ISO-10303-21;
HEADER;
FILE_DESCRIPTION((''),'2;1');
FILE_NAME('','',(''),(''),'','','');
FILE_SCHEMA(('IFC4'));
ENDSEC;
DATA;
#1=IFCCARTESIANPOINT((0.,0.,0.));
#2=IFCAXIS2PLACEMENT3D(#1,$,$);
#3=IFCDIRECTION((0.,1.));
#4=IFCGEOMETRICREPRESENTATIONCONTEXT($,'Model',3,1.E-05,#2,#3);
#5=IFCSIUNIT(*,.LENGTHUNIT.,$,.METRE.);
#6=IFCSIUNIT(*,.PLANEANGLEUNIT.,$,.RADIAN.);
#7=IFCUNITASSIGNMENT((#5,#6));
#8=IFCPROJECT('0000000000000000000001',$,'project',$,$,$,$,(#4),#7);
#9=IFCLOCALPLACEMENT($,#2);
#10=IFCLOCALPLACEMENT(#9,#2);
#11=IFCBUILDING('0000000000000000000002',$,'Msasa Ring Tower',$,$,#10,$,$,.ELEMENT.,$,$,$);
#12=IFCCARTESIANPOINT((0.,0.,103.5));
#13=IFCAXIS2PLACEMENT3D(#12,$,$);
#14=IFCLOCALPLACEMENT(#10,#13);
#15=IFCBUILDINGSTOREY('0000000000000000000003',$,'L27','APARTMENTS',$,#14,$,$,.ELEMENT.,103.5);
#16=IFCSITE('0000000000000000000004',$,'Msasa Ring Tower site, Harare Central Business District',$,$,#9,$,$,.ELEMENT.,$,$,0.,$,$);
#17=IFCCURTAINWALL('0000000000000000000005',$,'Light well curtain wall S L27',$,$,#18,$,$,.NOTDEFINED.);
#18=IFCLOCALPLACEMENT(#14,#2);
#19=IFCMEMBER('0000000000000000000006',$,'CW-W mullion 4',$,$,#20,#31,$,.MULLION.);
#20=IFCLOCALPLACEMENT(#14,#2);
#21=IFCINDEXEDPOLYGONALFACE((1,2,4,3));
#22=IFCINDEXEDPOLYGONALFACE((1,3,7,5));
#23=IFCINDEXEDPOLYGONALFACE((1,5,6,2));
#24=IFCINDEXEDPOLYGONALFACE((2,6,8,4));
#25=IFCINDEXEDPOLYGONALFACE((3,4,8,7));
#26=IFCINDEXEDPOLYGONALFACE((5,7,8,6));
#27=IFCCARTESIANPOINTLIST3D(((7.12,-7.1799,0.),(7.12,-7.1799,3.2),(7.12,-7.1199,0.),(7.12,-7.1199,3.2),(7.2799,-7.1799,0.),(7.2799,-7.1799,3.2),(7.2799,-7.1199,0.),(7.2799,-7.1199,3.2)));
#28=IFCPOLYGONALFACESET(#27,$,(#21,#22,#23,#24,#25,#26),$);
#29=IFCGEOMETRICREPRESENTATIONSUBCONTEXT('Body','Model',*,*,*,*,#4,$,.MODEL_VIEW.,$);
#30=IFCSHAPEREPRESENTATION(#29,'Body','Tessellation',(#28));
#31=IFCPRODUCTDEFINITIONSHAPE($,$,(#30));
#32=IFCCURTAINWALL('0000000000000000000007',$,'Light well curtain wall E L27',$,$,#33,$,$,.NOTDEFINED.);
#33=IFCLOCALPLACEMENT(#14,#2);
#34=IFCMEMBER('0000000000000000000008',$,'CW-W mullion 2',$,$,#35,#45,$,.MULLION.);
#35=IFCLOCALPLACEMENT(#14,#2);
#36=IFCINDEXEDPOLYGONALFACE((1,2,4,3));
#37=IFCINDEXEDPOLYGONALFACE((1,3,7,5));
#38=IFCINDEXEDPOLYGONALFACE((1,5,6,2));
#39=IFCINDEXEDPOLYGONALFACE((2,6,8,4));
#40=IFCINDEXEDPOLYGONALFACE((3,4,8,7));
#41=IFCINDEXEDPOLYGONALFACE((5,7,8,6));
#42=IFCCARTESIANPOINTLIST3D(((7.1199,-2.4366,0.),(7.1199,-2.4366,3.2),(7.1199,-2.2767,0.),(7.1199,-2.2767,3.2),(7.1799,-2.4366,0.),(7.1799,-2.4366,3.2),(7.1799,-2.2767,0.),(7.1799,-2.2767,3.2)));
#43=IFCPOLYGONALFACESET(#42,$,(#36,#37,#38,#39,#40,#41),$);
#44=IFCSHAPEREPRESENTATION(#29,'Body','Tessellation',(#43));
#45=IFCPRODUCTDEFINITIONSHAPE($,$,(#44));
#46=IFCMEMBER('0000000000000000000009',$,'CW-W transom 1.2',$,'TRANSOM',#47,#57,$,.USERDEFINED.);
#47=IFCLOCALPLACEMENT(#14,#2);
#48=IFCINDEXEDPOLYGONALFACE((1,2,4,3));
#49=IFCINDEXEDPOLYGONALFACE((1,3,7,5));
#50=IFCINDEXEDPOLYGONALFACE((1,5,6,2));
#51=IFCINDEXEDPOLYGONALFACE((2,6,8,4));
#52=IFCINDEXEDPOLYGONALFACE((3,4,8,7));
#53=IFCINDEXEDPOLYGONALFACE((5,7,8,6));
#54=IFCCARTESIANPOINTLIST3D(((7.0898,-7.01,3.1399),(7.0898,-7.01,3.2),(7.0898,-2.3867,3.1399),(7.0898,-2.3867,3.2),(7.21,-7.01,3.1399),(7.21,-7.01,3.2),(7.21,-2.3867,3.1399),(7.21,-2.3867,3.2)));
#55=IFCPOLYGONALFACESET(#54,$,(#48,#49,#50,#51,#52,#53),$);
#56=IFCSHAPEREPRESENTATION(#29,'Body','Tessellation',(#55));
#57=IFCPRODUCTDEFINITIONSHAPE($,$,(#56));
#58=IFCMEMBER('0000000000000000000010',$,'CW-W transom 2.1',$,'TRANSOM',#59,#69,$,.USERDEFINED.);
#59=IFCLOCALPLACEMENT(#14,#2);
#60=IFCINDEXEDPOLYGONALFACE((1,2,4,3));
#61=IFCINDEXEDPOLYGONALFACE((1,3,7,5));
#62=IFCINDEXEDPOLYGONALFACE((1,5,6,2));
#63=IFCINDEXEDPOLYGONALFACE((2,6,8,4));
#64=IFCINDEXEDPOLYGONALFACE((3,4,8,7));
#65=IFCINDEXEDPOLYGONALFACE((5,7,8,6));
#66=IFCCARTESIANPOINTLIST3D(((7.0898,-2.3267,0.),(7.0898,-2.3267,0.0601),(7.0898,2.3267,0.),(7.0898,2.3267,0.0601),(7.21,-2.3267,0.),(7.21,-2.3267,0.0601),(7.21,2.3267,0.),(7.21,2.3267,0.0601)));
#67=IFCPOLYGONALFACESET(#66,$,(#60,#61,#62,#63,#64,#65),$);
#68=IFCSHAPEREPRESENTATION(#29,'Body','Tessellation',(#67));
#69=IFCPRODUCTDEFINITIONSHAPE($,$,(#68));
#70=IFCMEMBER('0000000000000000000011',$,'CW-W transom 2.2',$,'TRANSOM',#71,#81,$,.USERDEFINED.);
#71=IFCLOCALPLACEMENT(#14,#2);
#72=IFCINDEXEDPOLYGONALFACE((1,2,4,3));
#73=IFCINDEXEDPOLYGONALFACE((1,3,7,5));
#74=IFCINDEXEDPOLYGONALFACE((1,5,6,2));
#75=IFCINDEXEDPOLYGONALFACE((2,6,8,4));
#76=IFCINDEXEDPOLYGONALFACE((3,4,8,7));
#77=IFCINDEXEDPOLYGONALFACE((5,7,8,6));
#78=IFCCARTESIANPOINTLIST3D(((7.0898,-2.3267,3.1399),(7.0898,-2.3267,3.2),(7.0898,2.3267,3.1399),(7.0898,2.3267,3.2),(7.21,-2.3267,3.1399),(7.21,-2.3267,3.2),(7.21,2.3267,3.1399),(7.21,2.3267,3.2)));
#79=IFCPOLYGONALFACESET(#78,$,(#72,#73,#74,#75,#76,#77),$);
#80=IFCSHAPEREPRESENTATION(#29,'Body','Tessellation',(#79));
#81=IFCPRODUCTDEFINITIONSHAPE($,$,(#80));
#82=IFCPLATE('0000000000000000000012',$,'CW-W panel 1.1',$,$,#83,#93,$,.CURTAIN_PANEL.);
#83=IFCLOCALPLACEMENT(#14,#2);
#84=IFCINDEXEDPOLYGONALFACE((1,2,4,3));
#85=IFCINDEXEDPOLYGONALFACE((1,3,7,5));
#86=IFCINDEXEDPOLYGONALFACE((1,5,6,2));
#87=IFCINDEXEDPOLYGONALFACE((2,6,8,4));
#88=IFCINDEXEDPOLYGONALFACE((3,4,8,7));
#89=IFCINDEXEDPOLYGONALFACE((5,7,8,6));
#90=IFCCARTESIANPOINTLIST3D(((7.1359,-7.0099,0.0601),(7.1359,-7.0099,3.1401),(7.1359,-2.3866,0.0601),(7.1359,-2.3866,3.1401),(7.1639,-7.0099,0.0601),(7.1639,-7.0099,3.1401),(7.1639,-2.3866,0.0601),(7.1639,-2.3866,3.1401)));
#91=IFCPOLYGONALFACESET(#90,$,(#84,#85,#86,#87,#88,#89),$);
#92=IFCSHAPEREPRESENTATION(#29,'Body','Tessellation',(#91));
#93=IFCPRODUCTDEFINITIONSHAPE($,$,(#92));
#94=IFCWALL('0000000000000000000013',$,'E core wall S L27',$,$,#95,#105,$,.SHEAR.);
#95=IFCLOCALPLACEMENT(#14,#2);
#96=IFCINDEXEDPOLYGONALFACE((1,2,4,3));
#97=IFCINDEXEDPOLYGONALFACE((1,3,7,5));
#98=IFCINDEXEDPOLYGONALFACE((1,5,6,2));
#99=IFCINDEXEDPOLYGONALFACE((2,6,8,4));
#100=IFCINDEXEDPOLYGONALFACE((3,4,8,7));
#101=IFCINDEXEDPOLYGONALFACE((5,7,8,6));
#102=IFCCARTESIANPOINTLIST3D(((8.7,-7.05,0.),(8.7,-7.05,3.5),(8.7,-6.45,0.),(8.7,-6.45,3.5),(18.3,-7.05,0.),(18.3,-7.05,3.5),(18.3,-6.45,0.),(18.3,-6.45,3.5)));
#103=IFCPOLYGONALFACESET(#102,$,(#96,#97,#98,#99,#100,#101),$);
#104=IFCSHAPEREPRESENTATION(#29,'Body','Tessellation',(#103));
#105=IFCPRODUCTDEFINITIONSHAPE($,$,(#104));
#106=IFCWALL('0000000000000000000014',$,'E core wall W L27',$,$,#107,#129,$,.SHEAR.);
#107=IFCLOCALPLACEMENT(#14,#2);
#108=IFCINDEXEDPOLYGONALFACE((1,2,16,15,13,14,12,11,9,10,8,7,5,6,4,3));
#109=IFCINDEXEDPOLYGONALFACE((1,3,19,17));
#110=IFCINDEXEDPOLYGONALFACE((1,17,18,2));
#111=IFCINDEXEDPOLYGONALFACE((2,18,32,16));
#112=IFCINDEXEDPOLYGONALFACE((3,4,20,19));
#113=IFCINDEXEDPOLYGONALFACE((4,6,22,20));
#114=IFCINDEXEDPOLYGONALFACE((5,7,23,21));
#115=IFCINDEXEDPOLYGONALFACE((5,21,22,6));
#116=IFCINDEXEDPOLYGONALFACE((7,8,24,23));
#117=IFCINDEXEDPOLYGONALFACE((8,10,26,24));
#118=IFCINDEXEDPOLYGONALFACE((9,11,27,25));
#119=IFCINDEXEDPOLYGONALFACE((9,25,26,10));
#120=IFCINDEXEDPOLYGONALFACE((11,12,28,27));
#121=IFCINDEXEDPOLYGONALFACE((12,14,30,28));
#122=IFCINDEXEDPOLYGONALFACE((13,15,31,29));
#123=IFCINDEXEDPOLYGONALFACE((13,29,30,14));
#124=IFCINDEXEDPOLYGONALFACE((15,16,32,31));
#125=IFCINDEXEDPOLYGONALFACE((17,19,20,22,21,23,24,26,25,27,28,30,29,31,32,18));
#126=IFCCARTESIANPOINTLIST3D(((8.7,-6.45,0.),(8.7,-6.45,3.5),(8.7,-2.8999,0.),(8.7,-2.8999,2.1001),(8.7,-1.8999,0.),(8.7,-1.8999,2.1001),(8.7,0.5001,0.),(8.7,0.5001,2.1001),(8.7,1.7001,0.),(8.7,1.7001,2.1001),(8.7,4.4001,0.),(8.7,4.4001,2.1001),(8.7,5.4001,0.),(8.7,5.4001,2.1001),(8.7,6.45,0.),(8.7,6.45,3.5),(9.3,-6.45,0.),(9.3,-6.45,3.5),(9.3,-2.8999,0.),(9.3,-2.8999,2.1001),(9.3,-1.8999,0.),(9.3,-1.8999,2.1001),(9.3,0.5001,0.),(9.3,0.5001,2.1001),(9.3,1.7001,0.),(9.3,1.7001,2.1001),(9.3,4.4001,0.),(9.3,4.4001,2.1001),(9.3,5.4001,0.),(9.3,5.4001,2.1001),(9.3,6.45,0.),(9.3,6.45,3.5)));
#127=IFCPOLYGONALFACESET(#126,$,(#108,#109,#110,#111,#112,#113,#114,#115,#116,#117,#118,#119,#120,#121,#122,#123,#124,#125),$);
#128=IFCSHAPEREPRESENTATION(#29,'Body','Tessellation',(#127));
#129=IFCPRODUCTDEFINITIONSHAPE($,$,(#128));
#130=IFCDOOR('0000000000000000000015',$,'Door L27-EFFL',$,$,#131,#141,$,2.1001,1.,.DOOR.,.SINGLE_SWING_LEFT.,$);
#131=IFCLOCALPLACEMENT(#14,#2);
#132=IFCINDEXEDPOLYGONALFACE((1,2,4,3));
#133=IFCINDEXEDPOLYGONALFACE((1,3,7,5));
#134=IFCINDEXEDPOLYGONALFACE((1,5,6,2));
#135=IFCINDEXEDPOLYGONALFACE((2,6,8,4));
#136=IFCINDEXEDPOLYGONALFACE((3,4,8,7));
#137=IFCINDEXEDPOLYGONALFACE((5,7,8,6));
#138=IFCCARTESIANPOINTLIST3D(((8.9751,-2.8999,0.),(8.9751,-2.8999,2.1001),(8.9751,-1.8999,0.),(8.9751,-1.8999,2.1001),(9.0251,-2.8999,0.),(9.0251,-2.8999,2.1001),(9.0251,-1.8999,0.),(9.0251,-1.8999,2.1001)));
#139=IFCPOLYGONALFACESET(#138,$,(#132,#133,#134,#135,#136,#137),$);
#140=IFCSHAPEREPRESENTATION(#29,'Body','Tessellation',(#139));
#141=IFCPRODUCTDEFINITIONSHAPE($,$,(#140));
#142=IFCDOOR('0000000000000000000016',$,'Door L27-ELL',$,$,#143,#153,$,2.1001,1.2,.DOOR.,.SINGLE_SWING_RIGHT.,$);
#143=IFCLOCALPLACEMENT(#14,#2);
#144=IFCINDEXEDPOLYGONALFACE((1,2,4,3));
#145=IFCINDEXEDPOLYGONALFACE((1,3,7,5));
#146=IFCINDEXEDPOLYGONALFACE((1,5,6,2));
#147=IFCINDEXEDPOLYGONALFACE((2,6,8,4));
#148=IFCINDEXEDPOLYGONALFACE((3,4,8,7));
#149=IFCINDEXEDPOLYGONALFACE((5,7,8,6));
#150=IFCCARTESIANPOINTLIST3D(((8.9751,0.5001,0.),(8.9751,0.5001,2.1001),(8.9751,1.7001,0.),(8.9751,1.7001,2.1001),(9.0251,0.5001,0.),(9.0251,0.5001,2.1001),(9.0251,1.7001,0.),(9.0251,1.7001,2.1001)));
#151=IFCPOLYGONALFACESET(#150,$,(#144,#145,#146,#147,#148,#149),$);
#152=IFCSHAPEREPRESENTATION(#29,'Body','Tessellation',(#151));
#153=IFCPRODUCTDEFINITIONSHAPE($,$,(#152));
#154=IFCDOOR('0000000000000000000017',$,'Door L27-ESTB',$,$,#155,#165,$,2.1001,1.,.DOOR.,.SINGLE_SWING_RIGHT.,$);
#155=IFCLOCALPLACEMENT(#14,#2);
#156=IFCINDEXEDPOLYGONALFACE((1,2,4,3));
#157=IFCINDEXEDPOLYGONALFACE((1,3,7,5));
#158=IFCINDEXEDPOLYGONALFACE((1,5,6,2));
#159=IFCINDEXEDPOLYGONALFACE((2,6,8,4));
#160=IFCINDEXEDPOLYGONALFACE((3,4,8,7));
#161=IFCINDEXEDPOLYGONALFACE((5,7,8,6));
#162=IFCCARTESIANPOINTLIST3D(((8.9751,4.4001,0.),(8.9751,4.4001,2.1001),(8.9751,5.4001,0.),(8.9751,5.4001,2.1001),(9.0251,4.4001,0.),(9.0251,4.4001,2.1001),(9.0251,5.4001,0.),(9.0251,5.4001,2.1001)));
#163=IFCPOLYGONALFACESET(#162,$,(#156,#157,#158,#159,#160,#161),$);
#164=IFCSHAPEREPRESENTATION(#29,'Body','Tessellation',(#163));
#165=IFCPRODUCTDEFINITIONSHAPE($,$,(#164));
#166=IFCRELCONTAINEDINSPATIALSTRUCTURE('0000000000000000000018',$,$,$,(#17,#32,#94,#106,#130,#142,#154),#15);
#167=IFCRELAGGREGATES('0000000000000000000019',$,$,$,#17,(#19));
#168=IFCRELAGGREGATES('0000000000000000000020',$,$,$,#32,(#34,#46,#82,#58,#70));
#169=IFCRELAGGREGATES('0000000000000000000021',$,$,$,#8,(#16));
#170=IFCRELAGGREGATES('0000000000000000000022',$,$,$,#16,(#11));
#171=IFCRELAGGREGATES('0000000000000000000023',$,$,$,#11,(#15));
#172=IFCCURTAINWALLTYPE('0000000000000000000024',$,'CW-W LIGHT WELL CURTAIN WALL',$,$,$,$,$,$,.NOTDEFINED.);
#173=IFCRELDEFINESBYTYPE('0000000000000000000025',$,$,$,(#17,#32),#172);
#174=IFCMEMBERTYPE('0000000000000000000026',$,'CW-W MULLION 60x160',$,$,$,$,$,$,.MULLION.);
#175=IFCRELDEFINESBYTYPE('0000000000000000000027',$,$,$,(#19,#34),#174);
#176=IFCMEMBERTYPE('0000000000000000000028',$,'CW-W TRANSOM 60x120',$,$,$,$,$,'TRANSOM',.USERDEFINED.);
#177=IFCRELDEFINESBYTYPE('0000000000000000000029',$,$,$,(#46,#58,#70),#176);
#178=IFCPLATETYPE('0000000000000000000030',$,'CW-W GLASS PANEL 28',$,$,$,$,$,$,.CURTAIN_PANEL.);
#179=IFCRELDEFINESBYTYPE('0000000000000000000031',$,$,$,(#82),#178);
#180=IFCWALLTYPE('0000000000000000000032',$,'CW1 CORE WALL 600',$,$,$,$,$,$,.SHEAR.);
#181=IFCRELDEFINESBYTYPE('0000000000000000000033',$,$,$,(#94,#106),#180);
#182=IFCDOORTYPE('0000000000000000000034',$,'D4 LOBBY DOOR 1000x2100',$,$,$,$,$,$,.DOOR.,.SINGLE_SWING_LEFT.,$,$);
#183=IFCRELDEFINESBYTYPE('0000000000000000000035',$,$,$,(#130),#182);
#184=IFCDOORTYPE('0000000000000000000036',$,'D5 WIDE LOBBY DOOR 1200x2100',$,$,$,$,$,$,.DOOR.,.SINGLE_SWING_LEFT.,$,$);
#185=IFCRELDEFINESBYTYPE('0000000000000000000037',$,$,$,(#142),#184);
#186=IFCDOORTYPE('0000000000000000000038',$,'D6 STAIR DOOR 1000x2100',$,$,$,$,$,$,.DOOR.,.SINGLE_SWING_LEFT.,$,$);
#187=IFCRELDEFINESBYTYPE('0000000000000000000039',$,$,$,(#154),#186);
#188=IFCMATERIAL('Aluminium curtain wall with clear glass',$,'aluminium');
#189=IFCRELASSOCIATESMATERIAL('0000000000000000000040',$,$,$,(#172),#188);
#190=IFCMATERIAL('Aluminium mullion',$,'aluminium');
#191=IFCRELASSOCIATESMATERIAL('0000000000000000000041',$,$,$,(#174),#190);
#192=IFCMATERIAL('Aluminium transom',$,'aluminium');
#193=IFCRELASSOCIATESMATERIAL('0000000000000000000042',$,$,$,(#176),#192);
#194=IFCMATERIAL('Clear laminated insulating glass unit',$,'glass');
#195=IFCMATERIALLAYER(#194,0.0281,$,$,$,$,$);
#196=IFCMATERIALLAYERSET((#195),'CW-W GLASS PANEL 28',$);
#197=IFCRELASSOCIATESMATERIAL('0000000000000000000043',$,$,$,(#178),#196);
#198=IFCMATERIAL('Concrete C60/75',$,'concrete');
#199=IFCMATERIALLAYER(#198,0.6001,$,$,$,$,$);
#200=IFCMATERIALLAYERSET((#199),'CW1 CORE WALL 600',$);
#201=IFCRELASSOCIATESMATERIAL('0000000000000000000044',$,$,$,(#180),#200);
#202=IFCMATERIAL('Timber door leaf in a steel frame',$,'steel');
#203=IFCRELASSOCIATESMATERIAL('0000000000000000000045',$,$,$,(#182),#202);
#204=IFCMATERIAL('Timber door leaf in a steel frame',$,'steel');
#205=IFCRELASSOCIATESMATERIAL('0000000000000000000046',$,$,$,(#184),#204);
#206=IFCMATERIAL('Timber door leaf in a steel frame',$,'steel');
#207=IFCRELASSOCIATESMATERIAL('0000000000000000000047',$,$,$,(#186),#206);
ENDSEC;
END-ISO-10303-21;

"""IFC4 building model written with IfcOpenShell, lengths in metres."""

from ifc_helpers import new_model, si_unit, direction, frame, frame_2d, origin, origin_2d, place, context, subcontext, project, spatial, rectangle, extrude, material, layer, layer_set, material_profile, profile_set, type_object, element, fill, aggregate, save


model = new_model("IFC4")

# Units and contexts
model_context = context("Model", 3, precision=1e-05, world=origin(), true_north=direction((0.0, 1.0)))
body_context = subcontext(model_context, "Body", "Model", "MODEL_VIEW")
ifc_project = project(units=[si_unit("LENGTHUNIT", "METRE"), si_unit("PLANEANGLEUNIT", "RADIAN")], contexts=[model_context])

# Site, building, storey
site_placement = place(None, origin())
site = spatial("IfcSite", under=ifc_project, at=site_placement, Name="Msasa Ring Tower site, Harare Central Business District", CompositionType="ELEMENT", RefElevation=0.0)
building_placement = place(site_placement, origin())
building = spatial("IfcBuilding", under=site, at=building_placement, Name="Msasa Ring Tower", CompositionType="ELEMENT")
storey_placement = place(building_placement, frame((0.0, 0.0, 103.5)))
storey = spatial("IfcBuildingStorey", under=building, at=storey_placement, Name="L27", Description="APARTMENTS", CompositionType="ELEMENT", Elevation=103.5)

# Curtain wall, member
ifc_material_1 = material(Name="Aluminium curtain wall with clear glass", Category="aluminium")
curtain_wall_type = type_object("IfcCurtainWallType", Name="CW-W LIGHT WELL CURTAIN WALL", PredefinedType="NOTDEFINED", material=ifc_material_1)
curtain_wall_1_placement = place(storey_placement, origin())
curtain_wall_1 = element("IfcCurtainWall", 1, at=curtain_wall_1_placement, inside=storey, type_object=curtain_wall_type, Name="Light well curtain wall S L27", PredefinedType="NOTDEFINED")
ifc_material_2 = material(Name="Aluminium mullion", Category="aluminium")
ifc_material_profile_1 = material_profile(ifc_material_2, rectangle(XDim=0.0601, YDim=0.1599, at=origin_2d()), Name="AL 60x160")
ifc_profile_set_1 = profile_set([ifc_material_profile_1], Name="Aluminium mullion")
member_type_1 = type_object("IfcMemberType", Name="CW-W MULLION 60x160", PredefinedType="MULLION", material=ifc_profile_set_1)
member_1_placement = place(storey_placement, frame((7.2, -7.1499, 0.0), z_axis=(0.0, 0.0, 1.0), x_axis=(0.0, 1.0, 0.0)))
member_1 = element("IfcMember", 2, at=member_1_placement, type_object=member_type_1, Name="CW-W mullion 4", PredefinedType="MULLION", context=body_context, shape_type="SweptSolid", body=[
    extrude(rectangle(XDim=0.0601, YDim=0.1599, at=origin_2d()), origin(), (0.0, 0.0, 1.0), 3.2),
])
aggregate(curtain_wall_1, [member_1])

# Curtain wall, members, plate
curtain_wall_2_placement = place(storey_placement, origin())
curtain_wall_2 = element("IfcCurtainWall", 3, at=curtain_wall_2_placement, inside=storey, type_object=curtain_wall_type, Name="Light well curtain wall E L27", PredefinedType="NOTDEFINED")
member_2_placement = place(storey_placement, frame((7.1499, -2.3567, 0.0), z_axis=(0.0, 0.0, 1.0), x_axis=(-1.0, 0.0, 0.0)))
member_2 = element("IfcMember", 4, at=member_2_placement, type_object=member_type_1, Name="CW-W mullion 2", PredefinedType="MULLION", context=body_context, shape_type="SweptSolid", body=[
    extrude(rectangle(XDim=0.0601, YDim=0.1599, at=origin_2d()), origin(), (0.0, 0.0, 1.0), 3.2),
])
ifc_material_3 = material(Name="Aluminium transom", Category="aluminium")
ifc_material_profile_2 = material_profile(ifc_material_3, rectangle(XDim=0.1201, YDim=0.0601, at=origin_2d()), Name="AL 60x120")
ifc_profile_set_2 = profile_set([ifc_material_profile_2], Name="Aluminium transom")
member_type_2 = type_object("IfcMemberType", Name="CW-W TRANSOM 60x120", ElementType="TRANSOM", PredefinedType="USERDEFINED", material=ifc_profile_set_2)
member_3_placement = place(storey_placement, frame((7.1499, -7.01, 3.1699), z_axis=(0.0, 1.0, 0.0), x_axis=(-1.0, 0.0, 0.0)))
member_3 = element("IfcMember", 5, at=member_3_placement, type_object=member_type_2, Name="CW-W transom 1.2", ObjectType="TRANSOM", PredefinedType="USERDEFINED", context=body_context, shape_type="SweptSolid", body=[
    extrude(rectangle(XDim=0.1201, YDim=0.0601, at=origin_2d()), origin(), (0.0, 0.0, 1.0), 4.6233),
])
member_4_placement = place(storey_placement, frame((7.1499, -2.3267, 0.03), z_axis=(0.0, 1.0, 0.0), x_axis=(-1.0, 0.0, 0.0)))
member_4 = element("IfcMember", 6, at=member_4_placement, type_object=member_type_2, Name="CW-W transom 2.1", ObjectType="TRANSOM", PredefinedType="USERDEFINED", context=body_context, shape_type="SweptSolid", body=[
    extrude(rectangle(XDim=0.1201, YDim=0.0601, at=origin_2d()), origin(), (0.0, 0.0, 1.0), 4.6533),
])
member_5_placement = place(storey_placement, frame((7.1499, -2.3267, 3.1699), z_axis=(0.0, 1.0, 0.0), x_axis=(-1.0, 0.0, 0.0)))
member_5 = element("IfcMember", 7, at=member_5_placement, type_object=member_type_2, Name="CW-W transom 2.2", ObjectType="TRANSOM", PredefinedType="USERDEFINED", context=body_context, shape_type="SweptSolid", body=[
    extrude(rectangle(XDim=0.1201, YDim=0.0601, at=origin_2d()), origin(), (0.0, 0.0, 1.0), 4.6533),
])
ifc_material_4 = material(Name="Clear laminated insulating glass unit", Category="glass")
ifc_layer_1 = layer(ifc_material_4, 0.0281)
ifc_layer_set_1 = layer_set([ifc_layer_1], Name="CW-W GLASS PANEL 28")
plate_type = type_object("IfcPlateType", Name="CW-W GLASS PANEL 28", PredefinedType="CURTAIN_PANEL", material=ifc_layer_set_1)
plate_placement = place(storey_placement, frame((7.1499, -4.6982, 0.0601), z_axis=(0.0, 0.0, 1.0), x_axis=(0.0, 1.0, 0.0)))
plate = element("IfcPlate", 8, at=plate_placement, type_object=plate_type, Name="CW-W panel 1.1", PredefinedType="CURTAIN_PANEL", context=body_context, shape_type="SweptSolid", body=[
    extrude(rectangle(XDim=4.6233, YDim=0.0281, at=origin_2d()), origin(), (0.0, 0.0, 1.0), 3.0801),
])
aggregate(curtain_wall_2, [member_2, member_3, plate, member_4, member_5])

# Wall
ifc_material_5 = material(Name="Concrete C60/75", Category="concrete")
ifc_layer_2 = layer(ifc_material_5, 0.6001)
ifc_layer_set_2 = layer_set([ifc_layer_2], Name="CW1 CORE WALL 600")
wall_type_1 = type_object("IfcWallType", Name="CW1 CORE WALL 600", PredefinedType="SHEAR", material=ifc_layer_set_2)
wall_1_placement = place(storey_placement, frame((8.7, -6.75, 0.0), z_axis=(0.0, 0.0, 1.0), x_axis=(1.0, 0.0, 0.0)))
element("IfcWall", 9, at=wall_1_placement, inside=storey, type_object=wall_type_1, Name="E core wall S L27", PredefinedType="SHEAR", context=body_context, shape_type="SweptSolid", body=[
    extrude(rectangle(XDim=9.6001, YDim=0.6001, at=frame_2d((4.8, 0.0))), origin(), (0.0, 0.0, 1.0), 3.5),
])

# Wall, openings, doors
wall_2_placement = place(storey_placement, frame((9.0, -6.45, 0.0), z_axis=(0.0, 0.0, 1.0), x_axis=(0.0, 1.0, 0.0)))
wall_2 = element("IfcWall", 10, at=wall_2_placement, inside=storey, type_object=wall_type_1, Name="E core wall W L27", PredefinedType="SHEAR", context=body_context, shape_type="SweptSolid", body=[
    extrude(rectangle(XDim=12.8999, YDim=0.6001, at=frame_2d((6.45, 0.0))), origin(), (0.0, 0.0, 1.0), 3.5),
])
opening_1_placement = place(wall_2_placement, frame((3.55, 0.0, 0.0)))
opening_1 = element("IfcOpeningElement", 11, at=opening_1_placement, cuts=wall_2, PredefinedType="OPENING", context=body_context, shape_type="SweptSolid", body=[
    extrude(rectangle(XDim=1.0, YDim=2.1001, at=frame_2d((0.5, 1.05))), frame((0.0, 0.3101, 0.0), z_axis=(0.0, -1.0, 0.0), x_axis=(1.0, 0.0, 0.0)), (0.0, 0.0, 1.0), 0.6201),
])
opening_2_placement = place(wall_2_placement, frame((6.95, 0.0, 0.0)))
opening_2 = element("IfcOpeningElement", 12, at=opening_2_placement, cuts=wall_2, PredefinedType="OPENING", context=body_context, shape_type="SweptSolid", body=[
    extrude(rectangle(XDim=1.2, YDim=2.1001, at=frame_2d((0.6001, 1.05))), frame((0.0, 0.3101, 0.0), z_axis=(0.0, -1.0, 0.0), x_axis=(1.0, 0.0, 0.0)), (0.0, 0.0, 1.0), 0.6201),
])
opening_3_placement = place(wall_2_placement, frame((10.8501, 0.0, 0.0)))
opening_3 = element("IfcOpeningElement", 13, at=opening_3_placement, cuts=wall_2, PredefinedType="OPENING", context=body_context, shape_type="SweptSolid", body=[
    extrude(rectangle(XDim=1.0, YDim=2.1001, at=frame_2d((0.5, 1.05))), frame((0.0, 0.3101, 0.0), z_axis=(0.0, -1.0, 0.0), x_axis=(1.0, 0.0, 0.0)), (0.0, 0.0, 1.0), 0.6201),
])
ifc_material_6 = material(Name="Timber door leaf in a steel frame", Category="steel")
door_type_1 = type_object("IfcDoorType", Name="D4 LOBBY DOOR 1000x2100", OperationType="SINGLE_SWING_LEFT", PredefinedType="DOOR", material=ifc_material_6)
door_1_placement = place(opening_1_placement, origin())
door_1 = element("IfcDoor", 14, at=door_1_placement, inside=storey, type_object=door_type_1, Name="Door L27-EFFL", OperationType="SINGLE_SWING_LEFT", OverallHeight=2.1001, OverallWidth=1.0, PredefinedType="DOOR", context=body_context, shape_type="SweptSolid", body=[
    extrude(rectangle(XDim=1.0, YDim=2.1001, at=frame_2d((0.5, 1.05))), frame((0.0, 0.0249, 0.0), z_axis=(0.0, -1.0, 0.0), x_axis=(1.0, 0.0, 0.0)), (0.0, 0.0, 1.0), 0.05),
])
fill(opening_1, door_1)
ifc_material_7 = material(Name="Timber door leaf in a steel frame", Category="steel")
door_type_2 = type_object("IfcDoorType", Name="D5 WIDE LOBBY DOOR 1200x2100", OperationType="SINGLE_SWING_LEFT", PredefinedType="DOOR", material=ifc_material_7)
door_2_placement = place(opening_2_placement, origin())
door_2 = element("IfcDoor", 15, at=door_2_placement, inside=storey, type_object=door_type_2, Name="Door L27-ELL", OperationType="SINGLE_SWING_RIGHT", OverallHeight=2.1001, OverallWidth=1.2, PredefinedType="DOOR", context=body_context, shape_type="SweptSolid", body=[
    extrude(rectangle(XDim=1.2, YDim=2.1001, at=frame_2d((0.6001, 1.05))), frame((0.0, 0.0249, 0.0), z_axis=(0.0, -1.0, 0.0), x_axis=(1.0, 0.0, 0.0)), (0.0, 0.0, 1.0), 0.05),
])
fill(opening_2, door_2)
ifc_material_8 = material(Name="Timber door leaf in a steel frame", Category="steel")
door_type_3 = type_object("IfcDoorType", Name="D6 STAIR DOOR 1000x2100", OperationType="SINGLE_SWING_LEFT", PredefinedType="DOOR", material=ifc_material_8)
door_3_placement = place(opening_3_placement, origin())
door_3 = element("IfcDoor", 16, at=door_3_placement, inside=storey, type_object=door_type_3, Name="Door L27-ESTB", OperationType="SINGLE_SWING_RIGHT", OverallHeight=2.1001, OverallWidth=1.0, PredefinedType="DOOR", context=body_context, shape_type="SweptSolid", body=[
    extrude(rectangle(XDim=1.0, YDim=2.1001, at=frame_2d((0.5, 1.05))), frame((0.0, 0.0249, 0.0), z_axis=(0.0, -1.0, 0.0), x_axis=(1.0, 0.0, 0.0)), (0.0, 0.0, 1.0), 0.05),
])
fill(opening_3, door_3)

save(model, "model.ifc")
